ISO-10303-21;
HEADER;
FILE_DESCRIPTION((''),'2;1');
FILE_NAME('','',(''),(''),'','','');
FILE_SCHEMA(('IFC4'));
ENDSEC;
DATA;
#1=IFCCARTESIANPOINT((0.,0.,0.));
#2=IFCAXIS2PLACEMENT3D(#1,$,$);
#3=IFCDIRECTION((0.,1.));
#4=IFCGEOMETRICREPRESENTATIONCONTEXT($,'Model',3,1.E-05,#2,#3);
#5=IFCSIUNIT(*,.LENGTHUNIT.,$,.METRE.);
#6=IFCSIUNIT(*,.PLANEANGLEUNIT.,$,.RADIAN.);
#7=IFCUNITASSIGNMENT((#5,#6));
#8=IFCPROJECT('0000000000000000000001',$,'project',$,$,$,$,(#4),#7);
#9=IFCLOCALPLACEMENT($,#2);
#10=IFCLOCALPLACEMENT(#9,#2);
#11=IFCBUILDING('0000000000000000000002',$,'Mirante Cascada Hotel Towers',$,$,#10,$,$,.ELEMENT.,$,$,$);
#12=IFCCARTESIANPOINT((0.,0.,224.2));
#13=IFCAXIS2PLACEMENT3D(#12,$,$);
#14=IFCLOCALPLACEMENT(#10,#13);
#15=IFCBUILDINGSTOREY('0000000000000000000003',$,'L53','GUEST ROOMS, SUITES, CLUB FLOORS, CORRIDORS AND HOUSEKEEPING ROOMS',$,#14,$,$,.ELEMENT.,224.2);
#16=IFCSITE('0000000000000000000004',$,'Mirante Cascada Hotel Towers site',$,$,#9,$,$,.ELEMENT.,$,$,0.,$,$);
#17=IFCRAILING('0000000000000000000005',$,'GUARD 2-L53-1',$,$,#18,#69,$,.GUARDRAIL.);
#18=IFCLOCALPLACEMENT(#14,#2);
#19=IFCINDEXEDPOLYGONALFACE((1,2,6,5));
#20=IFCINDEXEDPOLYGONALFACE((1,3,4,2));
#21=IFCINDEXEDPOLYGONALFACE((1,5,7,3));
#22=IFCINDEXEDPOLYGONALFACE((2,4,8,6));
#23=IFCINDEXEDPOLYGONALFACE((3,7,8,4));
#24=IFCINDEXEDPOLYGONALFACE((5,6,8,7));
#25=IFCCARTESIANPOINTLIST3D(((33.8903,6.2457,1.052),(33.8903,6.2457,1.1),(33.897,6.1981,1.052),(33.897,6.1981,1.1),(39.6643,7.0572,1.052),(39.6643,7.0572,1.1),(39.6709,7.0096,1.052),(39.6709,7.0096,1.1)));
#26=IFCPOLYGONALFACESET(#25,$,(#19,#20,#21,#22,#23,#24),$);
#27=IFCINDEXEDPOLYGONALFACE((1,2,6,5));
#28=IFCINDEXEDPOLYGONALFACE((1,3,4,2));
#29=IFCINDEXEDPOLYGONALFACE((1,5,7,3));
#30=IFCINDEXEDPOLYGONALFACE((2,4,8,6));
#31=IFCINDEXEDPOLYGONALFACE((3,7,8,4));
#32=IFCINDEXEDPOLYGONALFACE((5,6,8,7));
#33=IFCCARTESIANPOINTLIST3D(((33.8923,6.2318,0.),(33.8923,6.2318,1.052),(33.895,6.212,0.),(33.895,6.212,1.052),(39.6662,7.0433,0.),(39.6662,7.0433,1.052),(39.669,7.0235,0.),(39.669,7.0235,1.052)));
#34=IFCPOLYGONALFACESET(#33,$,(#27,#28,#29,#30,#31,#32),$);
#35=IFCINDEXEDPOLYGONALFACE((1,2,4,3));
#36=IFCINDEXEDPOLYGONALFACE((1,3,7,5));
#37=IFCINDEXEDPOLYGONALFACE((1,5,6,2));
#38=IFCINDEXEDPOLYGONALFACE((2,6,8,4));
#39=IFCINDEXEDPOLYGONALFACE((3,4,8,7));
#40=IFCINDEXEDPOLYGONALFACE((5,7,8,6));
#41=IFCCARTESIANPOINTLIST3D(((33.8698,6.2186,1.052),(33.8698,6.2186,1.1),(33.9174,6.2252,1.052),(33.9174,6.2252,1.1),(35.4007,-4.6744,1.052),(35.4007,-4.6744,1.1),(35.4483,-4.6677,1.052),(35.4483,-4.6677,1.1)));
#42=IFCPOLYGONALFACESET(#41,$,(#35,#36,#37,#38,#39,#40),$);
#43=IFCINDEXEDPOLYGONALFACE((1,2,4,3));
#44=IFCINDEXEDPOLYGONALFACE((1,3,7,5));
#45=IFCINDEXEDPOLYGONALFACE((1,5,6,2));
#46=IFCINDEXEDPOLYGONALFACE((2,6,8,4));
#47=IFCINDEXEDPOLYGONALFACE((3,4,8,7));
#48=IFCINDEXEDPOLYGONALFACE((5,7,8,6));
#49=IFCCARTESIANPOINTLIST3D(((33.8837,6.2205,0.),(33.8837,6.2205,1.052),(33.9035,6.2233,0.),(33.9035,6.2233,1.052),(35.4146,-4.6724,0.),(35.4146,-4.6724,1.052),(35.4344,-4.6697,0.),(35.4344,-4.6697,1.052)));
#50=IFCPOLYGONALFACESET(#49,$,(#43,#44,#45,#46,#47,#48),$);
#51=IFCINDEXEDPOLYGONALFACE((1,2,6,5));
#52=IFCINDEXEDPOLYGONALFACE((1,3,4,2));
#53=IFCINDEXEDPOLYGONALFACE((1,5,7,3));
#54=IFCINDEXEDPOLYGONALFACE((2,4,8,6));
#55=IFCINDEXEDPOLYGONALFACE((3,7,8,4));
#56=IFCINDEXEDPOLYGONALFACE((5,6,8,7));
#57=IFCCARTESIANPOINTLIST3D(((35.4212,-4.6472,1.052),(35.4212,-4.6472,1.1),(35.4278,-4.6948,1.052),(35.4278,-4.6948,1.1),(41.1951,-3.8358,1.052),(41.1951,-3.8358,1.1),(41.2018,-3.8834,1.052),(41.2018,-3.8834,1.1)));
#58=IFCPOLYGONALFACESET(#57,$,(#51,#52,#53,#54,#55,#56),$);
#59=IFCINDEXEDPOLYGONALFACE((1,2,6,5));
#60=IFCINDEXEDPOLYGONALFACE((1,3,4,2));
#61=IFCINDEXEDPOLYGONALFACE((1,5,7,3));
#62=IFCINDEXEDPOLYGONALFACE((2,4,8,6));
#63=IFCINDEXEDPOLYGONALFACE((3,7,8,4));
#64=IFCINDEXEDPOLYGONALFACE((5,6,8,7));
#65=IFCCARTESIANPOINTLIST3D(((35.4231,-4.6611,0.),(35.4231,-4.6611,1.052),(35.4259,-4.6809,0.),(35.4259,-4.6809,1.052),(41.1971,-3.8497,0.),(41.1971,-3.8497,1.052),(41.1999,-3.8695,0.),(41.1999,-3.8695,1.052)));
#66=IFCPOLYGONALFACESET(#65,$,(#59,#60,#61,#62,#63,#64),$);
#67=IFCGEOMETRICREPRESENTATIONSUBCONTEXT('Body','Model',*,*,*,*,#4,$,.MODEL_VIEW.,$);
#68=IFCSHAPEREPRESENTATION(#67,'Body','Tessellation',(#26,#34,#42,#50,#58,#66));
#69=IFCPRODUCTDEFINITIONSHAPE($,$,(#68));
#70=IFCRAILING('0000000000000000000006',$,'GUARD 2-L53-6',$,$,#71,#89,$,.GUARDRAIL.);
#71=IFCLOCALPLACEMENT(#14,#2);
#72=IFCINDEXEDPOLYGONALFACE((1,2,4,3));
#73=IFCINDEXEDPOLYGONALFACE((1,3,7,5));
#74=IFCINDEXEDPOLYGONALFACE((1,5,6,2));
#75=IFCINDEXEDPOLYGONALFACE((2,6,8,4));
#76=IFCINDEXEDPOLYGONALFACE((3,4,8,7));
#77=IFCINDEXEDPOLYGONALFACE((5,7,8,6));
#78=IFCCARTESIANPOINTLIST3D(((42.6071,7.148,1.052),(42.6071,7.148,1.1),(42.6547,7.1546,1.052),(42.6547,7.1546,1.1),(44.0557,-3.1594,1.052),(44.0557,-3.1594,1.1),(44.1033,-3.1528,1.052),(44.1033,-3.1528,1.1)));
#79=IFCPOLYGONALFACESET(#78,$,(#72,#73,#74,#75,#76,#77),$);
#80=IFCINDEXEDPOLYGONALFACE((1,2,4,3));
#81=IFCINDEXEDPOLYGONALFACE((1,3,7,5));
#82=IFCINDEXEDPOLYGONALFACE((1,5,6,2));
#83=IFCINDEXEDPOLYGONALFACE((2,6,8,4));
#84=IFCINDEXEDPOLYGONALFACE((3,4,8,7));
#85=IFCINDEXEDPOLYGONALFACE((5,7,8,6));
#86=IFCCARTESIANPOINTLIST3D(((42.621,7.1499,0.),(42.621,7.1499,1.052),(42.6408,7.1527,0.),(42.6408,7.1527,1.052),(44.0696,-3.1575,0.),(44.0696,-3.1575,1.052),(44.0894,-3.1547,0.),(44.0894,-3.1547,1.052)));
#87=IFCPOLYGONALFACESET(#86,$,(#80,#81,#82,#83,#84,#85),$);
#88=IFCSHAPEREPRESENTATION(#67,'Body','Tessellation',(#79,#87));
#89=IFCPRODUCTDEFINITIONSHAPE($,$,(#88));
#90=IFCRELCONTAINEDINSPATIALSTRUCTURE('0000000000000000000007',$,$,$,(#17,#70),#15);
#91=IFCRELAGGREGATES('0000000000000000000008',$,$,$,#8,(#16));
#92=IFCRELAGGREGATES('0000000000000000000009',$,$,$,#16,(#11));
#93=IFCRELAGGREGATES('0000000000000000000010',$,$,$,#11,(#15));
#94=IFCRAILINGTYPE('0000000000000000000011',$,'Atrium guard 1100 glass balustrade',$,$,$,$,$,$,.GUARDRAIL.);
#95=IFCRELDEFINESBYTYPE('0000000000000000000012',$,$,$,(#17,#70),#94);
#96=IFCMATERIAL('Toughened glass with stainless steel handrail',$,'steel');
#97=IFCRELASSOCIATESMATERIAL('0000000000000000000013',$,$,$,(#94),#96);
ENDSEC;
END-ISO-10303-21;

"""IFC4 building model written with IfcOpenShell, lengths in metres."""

from ifc_helpers import new_model, si_unit, direction, frame, origin, origin_2d, place, context, subcontext, project, spatial, rectangle, extrude, material, type_object, element, save


model = new_model("IFC4")

# Units and contexts
model_context = context("Model", 3, precision=1e-05, world=origin(), true_north=direction((0.0, 1.0)))
body_context = subcontext(model_context, "Body", "Model", "MODEL_VIEW")
ifc_project = project(units=[si_unit("LENGTHUNIT", "METRE"), si_unit("PLANEANGLEUNIT", "RADIAN")], contexts=[model_context])

# Site, building, storey
site_placement = place(None, origin())
site = spatial("IfcSite", under=ifc_project, at=site_placement, Name="Mirante Cascada Hotel Towers site", CompositionType="ELEMENT", RefElevation=0.0)
building_placement = place(site_placement, origin())
building = spatial("IfcBuilding", under=site, at=building_placement, Name="Mirante Cascada Hotel Towers", CompositionType="ELEMENT")
storey_placement = place(building_placement, frame((0.0, 0.0, 224.2)))
storey = spatial("IfcBuildingStorey", under=building, at=storey_placement, Name="L53", Description="GUEST ROOMS, SUITES, CLUB FLOORS, CORRIDORS AND HOUSEKEEPING ROOMS", CompositionType="ELEMENT", Elevation=224.2)

# Railings
ifc_material_1 = material(Name="Toughened glass with stainless steel handrail", Category="steel")
railing_type = type_object("IfcRailingType", Name="Atrium guard 1100 glass balustrade", PredefinedType="GUARDRAIL", material=ifc_material_1)
railing_1_placement = place(storey_placement, frame((39.6676, 7.0334, 0.0)))
element("IfcRailing", 1, at=railing_1_placement, inside=storey, type_object=railing_type, Name="GUARD 2-L53-1", PredefinedType="GUARDRAIL", context=body_context, shape_type="SweptSolid", body=[
    extrude(rectangle(XDim=0.048, YDim=0.048, at=origin_2d()), frame((0.0, 0.0, 1.076), z_axis=(-0.990268, -0.139176, 0.0), x_axis=(0.139176, -0.990268, 0.0)), (0.0, 0.0, 1.0), 5.8307),
    extrude(rectangle(XDim=0.02, YDim=1.052, at=origin_2d()), frame((0.0, 0.0, 0.526), z_axis=(-0.990268, -0.139176, 0.0), x_axis=(0.139176, -0.990268, 0.0)), (0.0, 0.0, 1.0), 5.8307),
    extrude(rectangle(XDim=0.048, YDim=0.048, at=origin_2d()), frame((-5.774, -0.8115, 1.076), z_axis=(0.139173, -0.990268, 0.0), x_axis=(0.990268, 0.139173, 0.0)), (0.0, 0.0, 1.0), 11.0),
    extrude(rectangle(XDim=0.02, YDim=1.052, at=origin_2d()), frame((-5.774, -0.8115, 0.526), z_axis=(0.139173, -0.990268, 0.0), x_axis=(0.990268, 0.139173, 0.0)), (0.0, 0.0, 1.0), 11.0),
    extrude(rectangle(XDim=0.048, YDim=0.048, at=origin_2d()), frame((-4.2431, -11.7044, 1.076), z_axis=(0.99027, 0.139159, 0.0), x_axis=(-0.139159, 0.99027, 0.0)), (0.0, 0.0, 1.0), 5.8307),
    extrude(rectangle(XDim=0.02, YDim=1.052, at=origin_2d()), frame((-4.2431, -11.7044, 0.526), z_axis=(0.99027, 0.139159, 0.0), x_axis=(-0.139159, 0.99027, 0.0)), (0.0, 0.0, 1.0), 5.8307),
])
railing_2_placement = place(storey_placement, frame((42.6309, 7.1513, 0.0)))
element("IfcRailing", 2, at=railing_2_placement, inside=storey, type_object=railing_type, Name="GUARD 2-L53-6", PredefinedType="GUARDRAIL", context=body_context, shape_type="SweptSolid", body=[
    extrude(rectangle(XDim=0.048, YDim=0.048, at=origin_2d()), frame((0.0, 0.0, 1.076), z_axis=(0.139172, -0.990268, 0.0), x_axis=(0.990268, 0.139172, 0.0)), (0.0, 0.0, 1.0), 10.4087),
    extrude(rectangle(XDim=0.02, YDim=1.052, at=origin_2d()), frame((0.0, 0.0, 0.526), z_axis=(0.139172, -0.990268, 0.0), x_axis=(0.990268, 0.139172, 0.0)), (0.0, 0.0, 1.0), 10.4087),
])

save(model, "model.ifc")
